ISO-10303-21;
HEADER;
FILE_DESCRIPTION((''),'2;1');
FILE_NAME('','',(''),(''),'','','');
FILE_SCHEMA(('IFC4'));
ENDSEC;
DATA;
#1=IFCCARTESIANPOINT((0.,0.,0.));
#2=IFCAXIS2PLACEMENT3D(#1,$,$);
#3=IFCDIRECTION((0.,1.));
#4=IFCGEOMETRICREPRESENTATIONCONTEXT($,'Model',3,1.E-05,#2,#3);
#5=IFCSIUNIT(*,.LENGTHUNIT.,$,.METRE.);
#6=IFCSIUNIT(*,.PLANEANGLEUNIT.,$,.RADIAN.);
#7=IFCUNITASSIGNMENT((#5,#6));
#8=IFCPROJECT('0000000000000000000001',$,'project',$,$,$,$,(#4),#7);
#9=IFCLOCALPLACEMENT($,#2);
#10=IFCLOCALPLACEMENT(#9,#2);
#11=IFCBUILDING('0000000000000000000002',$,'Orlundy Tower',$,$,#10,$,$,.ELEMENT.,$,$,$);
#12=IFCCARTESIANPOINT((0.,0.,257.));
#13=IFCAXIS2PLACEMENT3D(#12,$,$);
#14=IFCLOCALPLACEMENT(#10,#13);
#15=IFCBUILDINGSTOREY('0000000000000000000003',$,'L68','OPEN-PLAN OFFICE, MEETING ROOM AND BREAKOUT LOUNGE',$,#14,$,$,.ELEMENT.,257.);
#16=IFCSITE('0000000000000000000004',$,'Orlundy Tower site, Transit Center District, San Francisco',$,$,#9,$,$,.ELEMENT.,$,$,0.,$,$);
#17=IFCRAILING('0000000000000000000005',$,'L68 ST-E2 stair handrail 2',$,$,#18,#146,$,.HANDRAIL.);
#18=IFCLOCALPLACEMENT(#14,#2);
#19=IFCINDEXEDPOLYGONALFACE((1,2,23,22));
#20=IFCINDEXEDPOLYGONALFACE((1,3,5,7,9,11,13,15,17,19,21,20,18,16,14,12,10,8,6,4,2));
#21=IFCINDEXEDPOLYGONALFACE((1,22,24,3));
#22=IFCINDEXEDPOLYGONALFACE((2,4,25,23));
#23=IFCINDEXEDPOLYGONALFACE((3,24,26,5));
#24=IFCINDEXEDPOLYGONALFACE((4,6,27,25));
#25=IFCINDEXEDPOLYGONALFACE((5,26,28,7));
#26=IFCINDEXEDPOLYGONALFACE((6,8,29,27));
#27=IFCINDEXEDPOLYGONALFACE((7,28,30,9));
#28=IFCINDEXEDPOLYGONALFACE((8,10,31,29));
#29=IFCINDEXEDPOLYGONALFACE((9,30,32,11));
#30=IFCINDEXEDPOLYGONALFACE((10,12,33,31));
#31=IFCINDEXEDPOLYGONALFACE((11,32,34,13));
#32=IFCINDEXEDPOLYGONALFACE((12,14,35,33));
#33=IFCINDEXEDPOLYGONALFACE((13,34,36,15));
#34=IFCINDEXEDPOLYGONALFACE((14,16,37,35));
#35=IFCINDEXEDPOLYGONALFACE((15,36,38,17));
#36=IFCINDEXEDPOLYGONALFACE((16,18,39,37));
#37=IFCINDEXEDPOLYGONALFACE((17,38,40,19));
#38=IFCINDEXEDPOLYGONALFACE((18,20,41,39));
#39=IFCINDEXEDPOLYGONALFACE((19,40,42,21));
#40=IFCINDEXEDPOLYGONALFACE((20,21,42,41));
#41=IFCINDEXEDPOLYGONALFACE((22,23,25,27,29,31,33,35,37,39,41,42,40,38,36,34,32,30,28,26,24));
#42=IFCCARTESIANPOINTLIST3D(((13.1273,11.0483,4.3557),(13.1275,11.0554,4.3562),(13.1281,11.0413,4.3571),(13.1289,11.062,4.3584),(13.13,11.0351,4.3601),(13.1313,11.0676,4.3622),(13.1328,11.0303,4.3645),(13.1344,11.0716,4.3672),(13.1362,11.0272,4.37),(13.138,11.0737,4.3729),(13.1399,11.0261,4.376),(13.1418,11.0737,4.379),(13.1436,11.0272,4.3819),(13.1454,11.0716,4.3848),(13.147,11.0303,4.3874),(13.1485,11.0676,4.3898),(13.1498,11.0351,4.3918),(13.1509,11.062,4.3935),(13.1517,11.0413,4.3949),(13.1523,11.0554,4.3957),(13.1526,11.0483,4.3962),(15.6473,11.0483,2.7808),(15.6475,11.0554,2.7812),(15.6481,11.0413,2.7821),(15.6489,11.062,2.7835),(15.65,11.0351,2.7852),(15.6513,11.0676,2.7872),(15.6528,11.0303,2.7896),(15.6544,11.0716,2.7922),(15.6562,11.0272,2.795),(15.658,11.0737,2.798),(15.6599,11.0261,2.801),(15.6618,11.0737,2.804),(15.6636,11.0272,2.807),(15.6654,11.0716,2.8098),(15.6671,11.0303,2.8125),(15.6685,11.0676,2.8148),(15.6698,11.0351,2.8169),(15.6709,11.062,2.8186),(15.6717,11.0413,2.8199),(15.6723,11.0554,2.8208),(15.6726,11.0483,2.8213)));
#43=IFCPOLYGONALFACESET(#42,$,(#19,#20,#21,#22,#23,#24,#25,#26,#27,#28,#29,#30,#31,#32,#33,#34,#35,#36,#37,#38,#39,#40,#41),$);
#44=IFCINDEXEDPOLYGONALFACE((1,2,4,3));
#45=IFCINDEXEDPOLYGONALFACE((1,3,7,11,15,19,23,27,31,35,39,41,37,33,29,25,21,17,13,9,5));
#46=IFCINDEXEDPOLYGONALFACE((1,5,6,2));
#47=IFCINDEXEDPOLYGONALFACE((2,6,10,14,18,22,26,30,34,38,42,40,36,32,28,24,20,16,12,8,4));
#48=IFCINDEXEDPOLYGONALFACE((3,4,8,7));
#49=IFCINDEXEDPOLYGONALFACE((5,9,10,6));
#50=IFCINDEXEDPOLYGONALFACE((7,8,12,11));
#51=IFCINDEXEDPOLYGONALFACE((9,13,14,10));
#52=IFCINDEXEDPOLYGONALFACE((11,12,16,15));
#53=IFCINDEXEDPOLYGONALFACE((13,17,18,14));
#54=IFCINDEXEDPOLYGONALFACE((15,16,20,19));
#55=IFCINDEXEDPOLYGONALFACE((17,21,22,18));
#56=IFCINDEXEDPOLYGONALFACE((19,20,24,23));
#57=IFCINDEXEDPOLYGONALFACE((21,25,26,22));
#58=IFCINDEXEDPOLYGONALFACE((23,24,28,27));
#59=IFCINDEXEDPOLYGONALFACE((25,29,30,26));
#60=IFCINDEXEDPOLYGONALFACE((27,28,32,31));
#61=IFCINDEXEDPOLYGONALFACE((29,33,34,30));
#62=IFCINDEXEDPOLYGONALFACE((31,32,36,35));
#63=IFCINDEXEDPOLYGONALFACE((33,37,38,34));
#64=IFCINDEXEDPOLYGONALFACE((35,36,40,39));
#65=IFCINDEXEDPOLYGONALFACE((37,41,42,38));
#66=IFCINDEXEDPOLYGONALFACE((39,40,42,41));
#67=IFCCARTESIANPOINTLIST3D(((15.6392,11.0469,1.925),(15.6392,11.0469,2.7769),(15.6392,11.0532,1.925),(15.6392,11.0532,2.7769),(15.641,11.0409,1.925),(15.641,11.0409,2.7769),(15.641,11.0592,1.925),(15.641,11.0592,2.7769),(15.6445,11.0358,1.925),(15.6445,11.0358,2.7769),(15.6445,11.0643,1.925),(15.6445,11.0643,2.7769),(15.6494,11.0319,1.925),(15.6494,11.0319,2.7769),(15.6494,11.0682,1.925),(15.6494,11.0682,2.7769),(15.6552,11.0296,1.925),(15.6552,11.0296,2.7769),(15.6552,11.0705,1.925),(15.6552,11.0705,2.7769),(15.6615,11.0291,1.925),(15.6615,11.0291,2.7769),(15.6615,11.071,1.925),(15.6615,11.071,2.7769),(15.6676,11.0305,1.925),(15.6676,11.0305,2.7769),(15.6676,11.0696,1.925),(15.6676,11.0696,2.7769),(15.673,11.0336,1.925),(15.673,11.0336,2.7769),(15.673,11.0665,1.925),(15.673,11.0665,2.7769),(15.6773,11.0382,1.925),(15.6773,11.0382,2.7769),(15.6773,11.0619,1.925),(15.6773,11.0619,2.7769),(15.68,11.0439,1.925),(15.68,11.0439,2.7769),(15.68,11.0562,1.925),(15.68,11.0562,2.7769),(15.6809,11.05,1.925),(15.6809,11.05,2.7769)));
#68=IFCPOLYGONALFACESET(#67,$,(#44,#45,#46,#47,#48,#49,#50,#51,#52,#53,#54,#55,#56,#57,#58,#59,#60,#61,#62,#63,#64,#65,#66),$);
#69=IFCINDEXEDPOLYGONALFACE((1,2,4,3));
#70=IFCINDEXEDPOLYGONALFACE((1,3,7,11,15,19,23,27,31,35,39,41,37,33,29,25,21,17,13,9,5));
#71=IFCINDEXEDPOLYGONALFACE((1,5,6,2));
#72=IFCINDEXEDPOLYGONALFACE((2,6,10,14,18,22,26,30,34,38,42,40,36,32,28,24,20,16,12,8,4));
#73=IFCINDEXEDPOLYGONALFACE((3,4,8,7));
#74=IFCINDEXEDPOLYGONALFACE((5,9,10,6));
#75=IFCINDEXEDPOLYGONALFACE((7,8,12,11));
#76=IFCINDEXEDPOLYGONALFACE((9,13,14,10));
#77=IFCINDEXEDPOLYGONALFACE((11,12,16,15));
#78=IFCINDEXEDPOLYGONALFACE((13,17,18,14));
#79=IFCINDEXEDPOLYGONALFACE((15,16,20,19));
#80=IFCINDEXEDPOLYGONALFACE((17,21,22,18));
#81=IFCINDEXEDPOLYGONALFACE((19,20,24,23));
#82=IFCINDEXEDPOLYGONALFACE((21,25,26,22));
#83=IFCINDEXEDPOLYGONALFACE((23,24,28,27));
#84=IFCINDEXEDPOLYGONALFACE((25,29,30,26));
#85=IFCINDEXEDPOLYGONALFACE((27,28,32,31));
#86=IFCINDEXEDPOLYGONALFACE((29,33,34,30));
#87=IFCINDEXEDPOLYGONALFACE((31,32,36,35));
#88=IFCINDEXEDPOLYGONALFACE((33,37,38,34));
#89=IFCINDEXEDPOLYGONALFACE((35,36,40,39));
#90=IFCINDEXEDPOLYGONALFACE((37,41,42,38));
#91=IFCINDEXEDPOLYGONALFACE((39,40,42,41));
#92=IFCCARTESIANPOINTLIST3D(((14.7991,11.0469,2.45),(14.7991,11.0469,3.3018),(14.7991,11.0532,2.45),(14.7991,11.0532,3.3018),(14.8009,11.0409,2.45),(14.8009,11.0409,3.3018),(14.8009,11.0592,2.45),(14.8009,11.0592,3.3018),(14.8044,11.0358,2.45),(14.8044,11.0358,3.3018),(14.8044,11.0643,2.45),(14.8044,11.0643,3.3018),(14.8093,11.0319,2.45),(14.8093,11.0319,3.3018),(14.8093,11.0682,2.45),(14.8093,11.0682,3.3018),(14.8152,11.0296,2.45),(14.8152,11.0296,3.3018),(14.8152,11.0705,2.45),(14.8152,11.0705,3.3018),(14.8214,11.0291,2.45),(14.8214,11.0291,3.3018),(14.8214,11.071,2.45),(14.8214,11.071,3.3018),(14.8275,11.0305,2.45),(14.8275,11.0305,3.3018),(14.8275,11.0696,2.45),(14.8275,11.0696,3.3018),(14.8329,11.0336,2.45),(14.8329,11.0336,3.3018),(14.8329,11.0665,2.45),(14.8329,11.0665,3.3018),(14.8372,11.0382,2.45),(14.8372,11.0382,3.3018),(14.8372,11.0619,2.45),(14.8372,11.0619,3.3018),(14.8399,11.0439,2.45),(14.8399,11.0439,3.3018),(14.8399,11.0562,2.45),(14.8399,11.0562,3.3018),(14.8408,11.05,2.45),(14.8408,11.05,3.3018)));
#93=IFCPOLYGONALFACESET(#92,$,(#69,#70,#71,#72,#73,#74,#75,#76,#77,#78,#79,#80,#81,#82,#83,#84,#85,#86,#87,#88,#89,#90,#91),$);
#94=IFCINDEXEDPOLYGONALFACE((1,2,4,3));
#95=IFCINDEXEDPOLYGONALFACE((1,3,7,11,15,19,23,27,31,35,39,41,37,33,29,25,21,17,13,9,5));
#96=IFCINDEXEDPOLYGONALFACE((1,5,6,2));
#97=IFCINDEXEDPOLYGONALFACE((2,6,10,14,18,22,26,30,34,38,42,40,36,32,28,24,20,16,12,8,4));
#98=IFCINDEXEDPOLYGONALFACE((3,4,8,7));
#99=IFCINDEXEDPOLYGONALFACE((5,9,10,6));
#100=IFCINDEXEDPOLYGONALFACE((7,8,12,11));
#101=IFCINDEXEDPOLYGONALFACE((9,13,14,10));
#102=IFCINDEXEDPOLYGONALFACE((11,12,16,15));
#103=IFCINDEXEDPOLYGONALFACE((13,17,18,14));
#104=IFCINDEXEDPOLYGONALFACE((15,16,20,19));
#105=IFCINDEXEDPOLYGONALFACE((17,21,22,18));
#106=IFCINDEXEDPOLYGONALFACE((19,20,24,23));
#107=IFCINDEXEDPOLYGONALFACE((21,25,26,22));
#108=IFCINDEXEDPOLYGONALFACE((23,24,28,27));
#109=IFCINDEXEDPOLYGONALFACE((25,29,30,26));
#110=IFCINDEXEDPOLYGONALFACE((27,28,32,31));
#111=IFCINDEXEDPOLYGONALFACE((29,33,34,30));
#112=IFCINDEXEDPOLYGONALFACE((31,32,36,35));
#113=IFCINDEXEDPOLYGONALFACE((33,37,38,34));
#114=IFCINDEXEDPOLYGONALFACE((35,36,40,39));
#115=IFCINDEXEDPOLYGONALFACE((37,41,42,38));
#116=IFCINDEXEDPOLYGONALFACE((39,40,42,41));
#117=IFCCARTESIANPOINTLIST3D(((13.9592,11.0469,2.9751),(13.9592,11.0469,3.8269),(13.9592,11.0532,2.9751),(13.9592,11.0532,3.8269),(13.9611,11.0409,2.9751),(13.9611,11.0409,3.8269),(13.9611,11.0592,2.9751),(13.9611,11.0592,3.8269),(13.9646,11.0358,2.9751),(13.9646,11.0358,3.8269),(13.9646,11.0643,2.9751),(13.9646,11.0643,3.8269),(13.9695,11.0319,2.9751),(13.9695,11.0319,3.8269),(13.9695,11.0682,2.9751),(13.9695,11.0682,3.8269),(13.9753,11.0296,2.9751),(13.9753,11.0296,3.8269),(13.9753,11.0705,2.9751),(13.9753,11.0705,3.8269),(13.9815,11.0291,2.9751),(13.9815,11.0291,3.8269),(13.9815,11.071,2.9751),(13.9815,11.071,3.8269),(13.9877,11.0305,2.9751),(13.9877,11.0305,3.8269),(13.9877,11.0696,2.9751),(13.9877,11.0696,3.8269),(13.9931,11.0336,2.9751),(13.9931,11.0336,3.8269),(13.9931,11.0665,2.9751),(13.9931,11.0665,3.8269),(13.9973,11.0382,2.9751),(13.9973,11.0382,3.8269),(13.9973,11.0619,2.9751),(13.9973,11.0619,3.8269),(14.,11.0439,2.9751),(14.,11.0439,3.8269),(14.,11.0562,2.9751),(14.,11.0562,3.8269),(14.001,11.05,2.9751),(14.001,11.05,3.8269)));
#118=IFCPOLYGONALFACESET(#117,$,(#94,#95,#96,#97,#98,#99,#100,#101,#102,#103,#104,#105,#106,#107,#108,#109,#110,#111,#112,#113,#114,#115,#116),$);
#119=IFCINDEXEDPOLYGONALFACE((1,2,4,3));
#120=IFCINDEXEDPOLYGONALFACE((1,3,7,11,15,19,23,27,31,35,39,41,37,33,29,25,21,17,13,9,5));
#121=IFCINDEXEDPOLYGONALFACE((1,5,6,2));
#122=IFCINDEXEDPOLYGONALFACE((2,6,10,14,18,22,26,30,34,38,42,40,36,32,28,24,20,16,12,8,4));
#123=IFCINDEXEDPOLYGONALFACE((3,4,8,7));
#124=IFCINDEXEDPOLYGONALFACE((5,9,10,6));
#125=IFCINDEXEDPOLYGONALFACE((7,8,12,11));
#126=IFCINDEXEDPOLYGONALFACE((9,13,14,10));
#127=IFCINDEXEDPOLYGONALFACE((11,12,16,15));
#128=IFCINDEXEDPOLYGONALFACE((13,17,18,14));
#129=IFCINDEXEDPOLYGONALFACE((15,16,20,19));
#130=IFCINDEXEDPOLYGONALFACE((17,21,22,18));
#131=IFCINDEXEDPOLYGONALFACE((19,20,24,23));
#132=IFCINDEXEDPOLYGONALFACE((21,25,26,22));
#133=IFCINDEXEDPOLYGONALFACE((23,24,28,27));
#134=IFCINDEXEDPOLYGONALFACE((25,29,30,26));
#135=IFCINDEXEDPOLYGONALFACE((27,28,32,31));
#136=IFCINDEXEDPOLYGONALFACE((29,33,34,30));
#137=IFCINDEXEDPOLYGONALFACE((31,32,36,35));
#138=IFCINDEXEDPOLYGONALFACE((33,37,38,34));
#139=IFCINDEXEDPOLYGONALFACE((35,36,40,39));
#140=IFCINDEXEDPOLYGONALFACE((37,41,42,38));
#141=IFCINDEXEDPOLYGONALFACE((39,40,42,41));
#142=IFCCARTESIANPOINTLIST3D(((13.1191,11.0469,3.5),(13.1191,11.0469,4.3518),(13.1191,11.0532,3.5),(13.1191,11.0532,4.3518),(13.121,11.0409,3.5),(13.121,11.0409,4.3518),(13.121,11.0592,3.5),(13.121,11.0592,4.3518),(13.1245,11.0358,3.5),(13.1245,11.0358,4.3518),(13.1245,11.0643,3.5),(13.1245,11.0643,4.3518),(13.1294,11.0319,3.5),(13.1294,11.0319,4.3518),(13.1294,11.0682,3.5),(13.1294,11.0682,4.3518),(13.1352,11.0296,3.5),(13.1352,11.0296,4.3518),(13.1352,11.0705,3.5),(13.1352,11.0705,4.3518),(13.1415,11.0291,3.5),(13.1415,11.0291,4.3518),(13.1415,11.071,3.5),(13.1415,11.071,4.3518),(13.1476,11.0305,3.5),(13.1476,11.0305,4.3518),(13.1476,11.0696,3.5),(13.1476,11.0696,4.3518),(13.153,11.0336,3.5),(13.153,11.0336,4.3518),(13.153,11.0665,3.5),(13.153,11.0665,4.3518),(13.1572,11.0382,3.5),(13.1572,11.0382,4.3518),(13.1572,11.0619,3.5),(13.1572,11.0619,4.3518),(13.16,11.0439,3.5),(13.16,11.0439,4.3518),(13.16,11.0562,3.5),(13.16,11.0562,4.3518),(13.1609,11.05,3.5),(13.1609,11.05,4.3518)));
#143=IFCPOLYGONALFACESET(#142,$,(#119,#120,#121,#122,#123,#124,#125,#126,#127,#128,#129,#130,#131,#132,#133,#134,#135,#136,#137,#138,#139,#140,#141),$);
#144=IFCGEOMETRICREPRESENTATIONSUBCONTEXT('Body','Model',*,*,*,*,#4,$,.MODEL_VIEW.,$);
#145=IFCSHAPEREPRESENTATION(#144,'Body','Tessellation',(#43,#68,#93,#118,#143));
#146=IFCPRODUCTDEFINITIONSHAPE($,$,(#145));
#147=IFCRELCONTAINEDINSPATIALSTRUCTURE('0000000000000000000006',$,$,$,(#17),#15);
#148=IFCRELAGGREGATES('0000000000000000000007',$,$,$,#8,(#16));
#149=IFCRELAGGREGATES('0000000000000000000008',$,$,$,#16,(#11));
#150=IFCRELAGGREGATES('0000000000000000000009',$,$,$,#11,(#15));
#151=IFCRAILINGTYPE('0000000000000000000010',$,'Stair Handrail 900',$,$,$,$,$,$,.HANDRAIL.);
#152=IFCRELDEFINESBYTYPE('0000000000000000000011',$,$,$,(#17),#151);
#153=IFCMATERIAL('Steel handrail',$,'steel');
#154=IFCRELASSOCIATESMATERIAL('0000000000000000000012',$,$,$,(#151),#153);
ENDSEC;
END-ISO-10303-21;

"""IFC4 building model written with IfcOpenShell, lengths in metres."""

from ifc_helpers import new_model, si_unit, direction, frame, origin, origin_2d, place, context, subcontext, project, spatial, circle, extrude, material, type_object, element, save


model = new_model("IFC4")

# Units and contexts
model_context = context("Model", 3, precision=1e-05, world=origin(), true_north=direction((0.0, 1.0)))
body_context = subcontext(model_context, "Body", "Model", "MODEL_VIEW")
ifc_project = project(units=[si_unit("LENGTHUNIT", "METRE"), si_unit("PLANEANGLEUNIT", "RADIAN")], contexts=[model_context])

# Site, building, storey
site_placement = place(None, origin())
site = spatial("IfcSite", under=ifc_project, at=site_placement, Name="Orlundy Tower site, Transit Center District, San Francisco", CompositionType="ELEMENT", RefElevation=0.0)
building_placement = place(site_placement, origin())
building = spatial("IfcBuilding", under=site, at=building_placement, Name="Orlundy Tower", CompositionType="ELEMENT")
storey_placement = place(building_placement, frame((0.0, 0.0, 257.0)))
storey = spatial("IfcBuildingStorey", under=building, at=storey_placement, Name="L68", Description="OPEN-PLAN OFFICE, MEETING ROOM AND BREAKOUT LOUNGE", CompositionType="ELEMENT", Elevation=257.0)

# Railing
ifc_material_1 = material(Name="Steel handrail", Category="steel")
railing_type_1 = type_object("IfcRailingType", Name="Stair Handrail 900", PredefinedType="HANDRAIL", material=ifc_material_1)
railing_1_placement = place(storey_placement, frame((15.6599, 11.05, 1.925)))
element("IfcRailing", 1, at=railing_1_placement, inside=storey, type_object=railing_type_1, Name="L68 ST-E2 stair handrail 2", PredefinedType="HANDRAIL", context=body_context, shape_type="SweptSolid", body=[
    extrude(circle(Radius=0.0239, at=origin_2d()), frame((0.0, 0.0, 0.876), z_axis=(-0.848008, 0.0, 0.529984), x_axis=(0.0, -1.0, 0.0)), (0.0, 0.0, 1.0), 2.9717),
    extrude(circle(Radius=0.021, at=origin_2d()), origin(), (0.0, 0.0, 1.0), 0.8518),
    extrude(circle(Radius=0.021, at=origin_2d()), frame((-0.8401, 0.0, 0.5249)), (0.0, 0.0, 1.0), 0.8518),
    extrude(circle(Radius=0.021, at=origin_2d()), frame((-1.6799, 0.0, 1.05)), (0.0, 0.0, 1.0), 0.8518),
    extrude(circle(Radius=0.021, at=origin_2d()), frame((-2.52, 0.0, 1.575)), (0.0, 0.0, 1.0), 0.8518),
])

save(model, "model.ifc")
